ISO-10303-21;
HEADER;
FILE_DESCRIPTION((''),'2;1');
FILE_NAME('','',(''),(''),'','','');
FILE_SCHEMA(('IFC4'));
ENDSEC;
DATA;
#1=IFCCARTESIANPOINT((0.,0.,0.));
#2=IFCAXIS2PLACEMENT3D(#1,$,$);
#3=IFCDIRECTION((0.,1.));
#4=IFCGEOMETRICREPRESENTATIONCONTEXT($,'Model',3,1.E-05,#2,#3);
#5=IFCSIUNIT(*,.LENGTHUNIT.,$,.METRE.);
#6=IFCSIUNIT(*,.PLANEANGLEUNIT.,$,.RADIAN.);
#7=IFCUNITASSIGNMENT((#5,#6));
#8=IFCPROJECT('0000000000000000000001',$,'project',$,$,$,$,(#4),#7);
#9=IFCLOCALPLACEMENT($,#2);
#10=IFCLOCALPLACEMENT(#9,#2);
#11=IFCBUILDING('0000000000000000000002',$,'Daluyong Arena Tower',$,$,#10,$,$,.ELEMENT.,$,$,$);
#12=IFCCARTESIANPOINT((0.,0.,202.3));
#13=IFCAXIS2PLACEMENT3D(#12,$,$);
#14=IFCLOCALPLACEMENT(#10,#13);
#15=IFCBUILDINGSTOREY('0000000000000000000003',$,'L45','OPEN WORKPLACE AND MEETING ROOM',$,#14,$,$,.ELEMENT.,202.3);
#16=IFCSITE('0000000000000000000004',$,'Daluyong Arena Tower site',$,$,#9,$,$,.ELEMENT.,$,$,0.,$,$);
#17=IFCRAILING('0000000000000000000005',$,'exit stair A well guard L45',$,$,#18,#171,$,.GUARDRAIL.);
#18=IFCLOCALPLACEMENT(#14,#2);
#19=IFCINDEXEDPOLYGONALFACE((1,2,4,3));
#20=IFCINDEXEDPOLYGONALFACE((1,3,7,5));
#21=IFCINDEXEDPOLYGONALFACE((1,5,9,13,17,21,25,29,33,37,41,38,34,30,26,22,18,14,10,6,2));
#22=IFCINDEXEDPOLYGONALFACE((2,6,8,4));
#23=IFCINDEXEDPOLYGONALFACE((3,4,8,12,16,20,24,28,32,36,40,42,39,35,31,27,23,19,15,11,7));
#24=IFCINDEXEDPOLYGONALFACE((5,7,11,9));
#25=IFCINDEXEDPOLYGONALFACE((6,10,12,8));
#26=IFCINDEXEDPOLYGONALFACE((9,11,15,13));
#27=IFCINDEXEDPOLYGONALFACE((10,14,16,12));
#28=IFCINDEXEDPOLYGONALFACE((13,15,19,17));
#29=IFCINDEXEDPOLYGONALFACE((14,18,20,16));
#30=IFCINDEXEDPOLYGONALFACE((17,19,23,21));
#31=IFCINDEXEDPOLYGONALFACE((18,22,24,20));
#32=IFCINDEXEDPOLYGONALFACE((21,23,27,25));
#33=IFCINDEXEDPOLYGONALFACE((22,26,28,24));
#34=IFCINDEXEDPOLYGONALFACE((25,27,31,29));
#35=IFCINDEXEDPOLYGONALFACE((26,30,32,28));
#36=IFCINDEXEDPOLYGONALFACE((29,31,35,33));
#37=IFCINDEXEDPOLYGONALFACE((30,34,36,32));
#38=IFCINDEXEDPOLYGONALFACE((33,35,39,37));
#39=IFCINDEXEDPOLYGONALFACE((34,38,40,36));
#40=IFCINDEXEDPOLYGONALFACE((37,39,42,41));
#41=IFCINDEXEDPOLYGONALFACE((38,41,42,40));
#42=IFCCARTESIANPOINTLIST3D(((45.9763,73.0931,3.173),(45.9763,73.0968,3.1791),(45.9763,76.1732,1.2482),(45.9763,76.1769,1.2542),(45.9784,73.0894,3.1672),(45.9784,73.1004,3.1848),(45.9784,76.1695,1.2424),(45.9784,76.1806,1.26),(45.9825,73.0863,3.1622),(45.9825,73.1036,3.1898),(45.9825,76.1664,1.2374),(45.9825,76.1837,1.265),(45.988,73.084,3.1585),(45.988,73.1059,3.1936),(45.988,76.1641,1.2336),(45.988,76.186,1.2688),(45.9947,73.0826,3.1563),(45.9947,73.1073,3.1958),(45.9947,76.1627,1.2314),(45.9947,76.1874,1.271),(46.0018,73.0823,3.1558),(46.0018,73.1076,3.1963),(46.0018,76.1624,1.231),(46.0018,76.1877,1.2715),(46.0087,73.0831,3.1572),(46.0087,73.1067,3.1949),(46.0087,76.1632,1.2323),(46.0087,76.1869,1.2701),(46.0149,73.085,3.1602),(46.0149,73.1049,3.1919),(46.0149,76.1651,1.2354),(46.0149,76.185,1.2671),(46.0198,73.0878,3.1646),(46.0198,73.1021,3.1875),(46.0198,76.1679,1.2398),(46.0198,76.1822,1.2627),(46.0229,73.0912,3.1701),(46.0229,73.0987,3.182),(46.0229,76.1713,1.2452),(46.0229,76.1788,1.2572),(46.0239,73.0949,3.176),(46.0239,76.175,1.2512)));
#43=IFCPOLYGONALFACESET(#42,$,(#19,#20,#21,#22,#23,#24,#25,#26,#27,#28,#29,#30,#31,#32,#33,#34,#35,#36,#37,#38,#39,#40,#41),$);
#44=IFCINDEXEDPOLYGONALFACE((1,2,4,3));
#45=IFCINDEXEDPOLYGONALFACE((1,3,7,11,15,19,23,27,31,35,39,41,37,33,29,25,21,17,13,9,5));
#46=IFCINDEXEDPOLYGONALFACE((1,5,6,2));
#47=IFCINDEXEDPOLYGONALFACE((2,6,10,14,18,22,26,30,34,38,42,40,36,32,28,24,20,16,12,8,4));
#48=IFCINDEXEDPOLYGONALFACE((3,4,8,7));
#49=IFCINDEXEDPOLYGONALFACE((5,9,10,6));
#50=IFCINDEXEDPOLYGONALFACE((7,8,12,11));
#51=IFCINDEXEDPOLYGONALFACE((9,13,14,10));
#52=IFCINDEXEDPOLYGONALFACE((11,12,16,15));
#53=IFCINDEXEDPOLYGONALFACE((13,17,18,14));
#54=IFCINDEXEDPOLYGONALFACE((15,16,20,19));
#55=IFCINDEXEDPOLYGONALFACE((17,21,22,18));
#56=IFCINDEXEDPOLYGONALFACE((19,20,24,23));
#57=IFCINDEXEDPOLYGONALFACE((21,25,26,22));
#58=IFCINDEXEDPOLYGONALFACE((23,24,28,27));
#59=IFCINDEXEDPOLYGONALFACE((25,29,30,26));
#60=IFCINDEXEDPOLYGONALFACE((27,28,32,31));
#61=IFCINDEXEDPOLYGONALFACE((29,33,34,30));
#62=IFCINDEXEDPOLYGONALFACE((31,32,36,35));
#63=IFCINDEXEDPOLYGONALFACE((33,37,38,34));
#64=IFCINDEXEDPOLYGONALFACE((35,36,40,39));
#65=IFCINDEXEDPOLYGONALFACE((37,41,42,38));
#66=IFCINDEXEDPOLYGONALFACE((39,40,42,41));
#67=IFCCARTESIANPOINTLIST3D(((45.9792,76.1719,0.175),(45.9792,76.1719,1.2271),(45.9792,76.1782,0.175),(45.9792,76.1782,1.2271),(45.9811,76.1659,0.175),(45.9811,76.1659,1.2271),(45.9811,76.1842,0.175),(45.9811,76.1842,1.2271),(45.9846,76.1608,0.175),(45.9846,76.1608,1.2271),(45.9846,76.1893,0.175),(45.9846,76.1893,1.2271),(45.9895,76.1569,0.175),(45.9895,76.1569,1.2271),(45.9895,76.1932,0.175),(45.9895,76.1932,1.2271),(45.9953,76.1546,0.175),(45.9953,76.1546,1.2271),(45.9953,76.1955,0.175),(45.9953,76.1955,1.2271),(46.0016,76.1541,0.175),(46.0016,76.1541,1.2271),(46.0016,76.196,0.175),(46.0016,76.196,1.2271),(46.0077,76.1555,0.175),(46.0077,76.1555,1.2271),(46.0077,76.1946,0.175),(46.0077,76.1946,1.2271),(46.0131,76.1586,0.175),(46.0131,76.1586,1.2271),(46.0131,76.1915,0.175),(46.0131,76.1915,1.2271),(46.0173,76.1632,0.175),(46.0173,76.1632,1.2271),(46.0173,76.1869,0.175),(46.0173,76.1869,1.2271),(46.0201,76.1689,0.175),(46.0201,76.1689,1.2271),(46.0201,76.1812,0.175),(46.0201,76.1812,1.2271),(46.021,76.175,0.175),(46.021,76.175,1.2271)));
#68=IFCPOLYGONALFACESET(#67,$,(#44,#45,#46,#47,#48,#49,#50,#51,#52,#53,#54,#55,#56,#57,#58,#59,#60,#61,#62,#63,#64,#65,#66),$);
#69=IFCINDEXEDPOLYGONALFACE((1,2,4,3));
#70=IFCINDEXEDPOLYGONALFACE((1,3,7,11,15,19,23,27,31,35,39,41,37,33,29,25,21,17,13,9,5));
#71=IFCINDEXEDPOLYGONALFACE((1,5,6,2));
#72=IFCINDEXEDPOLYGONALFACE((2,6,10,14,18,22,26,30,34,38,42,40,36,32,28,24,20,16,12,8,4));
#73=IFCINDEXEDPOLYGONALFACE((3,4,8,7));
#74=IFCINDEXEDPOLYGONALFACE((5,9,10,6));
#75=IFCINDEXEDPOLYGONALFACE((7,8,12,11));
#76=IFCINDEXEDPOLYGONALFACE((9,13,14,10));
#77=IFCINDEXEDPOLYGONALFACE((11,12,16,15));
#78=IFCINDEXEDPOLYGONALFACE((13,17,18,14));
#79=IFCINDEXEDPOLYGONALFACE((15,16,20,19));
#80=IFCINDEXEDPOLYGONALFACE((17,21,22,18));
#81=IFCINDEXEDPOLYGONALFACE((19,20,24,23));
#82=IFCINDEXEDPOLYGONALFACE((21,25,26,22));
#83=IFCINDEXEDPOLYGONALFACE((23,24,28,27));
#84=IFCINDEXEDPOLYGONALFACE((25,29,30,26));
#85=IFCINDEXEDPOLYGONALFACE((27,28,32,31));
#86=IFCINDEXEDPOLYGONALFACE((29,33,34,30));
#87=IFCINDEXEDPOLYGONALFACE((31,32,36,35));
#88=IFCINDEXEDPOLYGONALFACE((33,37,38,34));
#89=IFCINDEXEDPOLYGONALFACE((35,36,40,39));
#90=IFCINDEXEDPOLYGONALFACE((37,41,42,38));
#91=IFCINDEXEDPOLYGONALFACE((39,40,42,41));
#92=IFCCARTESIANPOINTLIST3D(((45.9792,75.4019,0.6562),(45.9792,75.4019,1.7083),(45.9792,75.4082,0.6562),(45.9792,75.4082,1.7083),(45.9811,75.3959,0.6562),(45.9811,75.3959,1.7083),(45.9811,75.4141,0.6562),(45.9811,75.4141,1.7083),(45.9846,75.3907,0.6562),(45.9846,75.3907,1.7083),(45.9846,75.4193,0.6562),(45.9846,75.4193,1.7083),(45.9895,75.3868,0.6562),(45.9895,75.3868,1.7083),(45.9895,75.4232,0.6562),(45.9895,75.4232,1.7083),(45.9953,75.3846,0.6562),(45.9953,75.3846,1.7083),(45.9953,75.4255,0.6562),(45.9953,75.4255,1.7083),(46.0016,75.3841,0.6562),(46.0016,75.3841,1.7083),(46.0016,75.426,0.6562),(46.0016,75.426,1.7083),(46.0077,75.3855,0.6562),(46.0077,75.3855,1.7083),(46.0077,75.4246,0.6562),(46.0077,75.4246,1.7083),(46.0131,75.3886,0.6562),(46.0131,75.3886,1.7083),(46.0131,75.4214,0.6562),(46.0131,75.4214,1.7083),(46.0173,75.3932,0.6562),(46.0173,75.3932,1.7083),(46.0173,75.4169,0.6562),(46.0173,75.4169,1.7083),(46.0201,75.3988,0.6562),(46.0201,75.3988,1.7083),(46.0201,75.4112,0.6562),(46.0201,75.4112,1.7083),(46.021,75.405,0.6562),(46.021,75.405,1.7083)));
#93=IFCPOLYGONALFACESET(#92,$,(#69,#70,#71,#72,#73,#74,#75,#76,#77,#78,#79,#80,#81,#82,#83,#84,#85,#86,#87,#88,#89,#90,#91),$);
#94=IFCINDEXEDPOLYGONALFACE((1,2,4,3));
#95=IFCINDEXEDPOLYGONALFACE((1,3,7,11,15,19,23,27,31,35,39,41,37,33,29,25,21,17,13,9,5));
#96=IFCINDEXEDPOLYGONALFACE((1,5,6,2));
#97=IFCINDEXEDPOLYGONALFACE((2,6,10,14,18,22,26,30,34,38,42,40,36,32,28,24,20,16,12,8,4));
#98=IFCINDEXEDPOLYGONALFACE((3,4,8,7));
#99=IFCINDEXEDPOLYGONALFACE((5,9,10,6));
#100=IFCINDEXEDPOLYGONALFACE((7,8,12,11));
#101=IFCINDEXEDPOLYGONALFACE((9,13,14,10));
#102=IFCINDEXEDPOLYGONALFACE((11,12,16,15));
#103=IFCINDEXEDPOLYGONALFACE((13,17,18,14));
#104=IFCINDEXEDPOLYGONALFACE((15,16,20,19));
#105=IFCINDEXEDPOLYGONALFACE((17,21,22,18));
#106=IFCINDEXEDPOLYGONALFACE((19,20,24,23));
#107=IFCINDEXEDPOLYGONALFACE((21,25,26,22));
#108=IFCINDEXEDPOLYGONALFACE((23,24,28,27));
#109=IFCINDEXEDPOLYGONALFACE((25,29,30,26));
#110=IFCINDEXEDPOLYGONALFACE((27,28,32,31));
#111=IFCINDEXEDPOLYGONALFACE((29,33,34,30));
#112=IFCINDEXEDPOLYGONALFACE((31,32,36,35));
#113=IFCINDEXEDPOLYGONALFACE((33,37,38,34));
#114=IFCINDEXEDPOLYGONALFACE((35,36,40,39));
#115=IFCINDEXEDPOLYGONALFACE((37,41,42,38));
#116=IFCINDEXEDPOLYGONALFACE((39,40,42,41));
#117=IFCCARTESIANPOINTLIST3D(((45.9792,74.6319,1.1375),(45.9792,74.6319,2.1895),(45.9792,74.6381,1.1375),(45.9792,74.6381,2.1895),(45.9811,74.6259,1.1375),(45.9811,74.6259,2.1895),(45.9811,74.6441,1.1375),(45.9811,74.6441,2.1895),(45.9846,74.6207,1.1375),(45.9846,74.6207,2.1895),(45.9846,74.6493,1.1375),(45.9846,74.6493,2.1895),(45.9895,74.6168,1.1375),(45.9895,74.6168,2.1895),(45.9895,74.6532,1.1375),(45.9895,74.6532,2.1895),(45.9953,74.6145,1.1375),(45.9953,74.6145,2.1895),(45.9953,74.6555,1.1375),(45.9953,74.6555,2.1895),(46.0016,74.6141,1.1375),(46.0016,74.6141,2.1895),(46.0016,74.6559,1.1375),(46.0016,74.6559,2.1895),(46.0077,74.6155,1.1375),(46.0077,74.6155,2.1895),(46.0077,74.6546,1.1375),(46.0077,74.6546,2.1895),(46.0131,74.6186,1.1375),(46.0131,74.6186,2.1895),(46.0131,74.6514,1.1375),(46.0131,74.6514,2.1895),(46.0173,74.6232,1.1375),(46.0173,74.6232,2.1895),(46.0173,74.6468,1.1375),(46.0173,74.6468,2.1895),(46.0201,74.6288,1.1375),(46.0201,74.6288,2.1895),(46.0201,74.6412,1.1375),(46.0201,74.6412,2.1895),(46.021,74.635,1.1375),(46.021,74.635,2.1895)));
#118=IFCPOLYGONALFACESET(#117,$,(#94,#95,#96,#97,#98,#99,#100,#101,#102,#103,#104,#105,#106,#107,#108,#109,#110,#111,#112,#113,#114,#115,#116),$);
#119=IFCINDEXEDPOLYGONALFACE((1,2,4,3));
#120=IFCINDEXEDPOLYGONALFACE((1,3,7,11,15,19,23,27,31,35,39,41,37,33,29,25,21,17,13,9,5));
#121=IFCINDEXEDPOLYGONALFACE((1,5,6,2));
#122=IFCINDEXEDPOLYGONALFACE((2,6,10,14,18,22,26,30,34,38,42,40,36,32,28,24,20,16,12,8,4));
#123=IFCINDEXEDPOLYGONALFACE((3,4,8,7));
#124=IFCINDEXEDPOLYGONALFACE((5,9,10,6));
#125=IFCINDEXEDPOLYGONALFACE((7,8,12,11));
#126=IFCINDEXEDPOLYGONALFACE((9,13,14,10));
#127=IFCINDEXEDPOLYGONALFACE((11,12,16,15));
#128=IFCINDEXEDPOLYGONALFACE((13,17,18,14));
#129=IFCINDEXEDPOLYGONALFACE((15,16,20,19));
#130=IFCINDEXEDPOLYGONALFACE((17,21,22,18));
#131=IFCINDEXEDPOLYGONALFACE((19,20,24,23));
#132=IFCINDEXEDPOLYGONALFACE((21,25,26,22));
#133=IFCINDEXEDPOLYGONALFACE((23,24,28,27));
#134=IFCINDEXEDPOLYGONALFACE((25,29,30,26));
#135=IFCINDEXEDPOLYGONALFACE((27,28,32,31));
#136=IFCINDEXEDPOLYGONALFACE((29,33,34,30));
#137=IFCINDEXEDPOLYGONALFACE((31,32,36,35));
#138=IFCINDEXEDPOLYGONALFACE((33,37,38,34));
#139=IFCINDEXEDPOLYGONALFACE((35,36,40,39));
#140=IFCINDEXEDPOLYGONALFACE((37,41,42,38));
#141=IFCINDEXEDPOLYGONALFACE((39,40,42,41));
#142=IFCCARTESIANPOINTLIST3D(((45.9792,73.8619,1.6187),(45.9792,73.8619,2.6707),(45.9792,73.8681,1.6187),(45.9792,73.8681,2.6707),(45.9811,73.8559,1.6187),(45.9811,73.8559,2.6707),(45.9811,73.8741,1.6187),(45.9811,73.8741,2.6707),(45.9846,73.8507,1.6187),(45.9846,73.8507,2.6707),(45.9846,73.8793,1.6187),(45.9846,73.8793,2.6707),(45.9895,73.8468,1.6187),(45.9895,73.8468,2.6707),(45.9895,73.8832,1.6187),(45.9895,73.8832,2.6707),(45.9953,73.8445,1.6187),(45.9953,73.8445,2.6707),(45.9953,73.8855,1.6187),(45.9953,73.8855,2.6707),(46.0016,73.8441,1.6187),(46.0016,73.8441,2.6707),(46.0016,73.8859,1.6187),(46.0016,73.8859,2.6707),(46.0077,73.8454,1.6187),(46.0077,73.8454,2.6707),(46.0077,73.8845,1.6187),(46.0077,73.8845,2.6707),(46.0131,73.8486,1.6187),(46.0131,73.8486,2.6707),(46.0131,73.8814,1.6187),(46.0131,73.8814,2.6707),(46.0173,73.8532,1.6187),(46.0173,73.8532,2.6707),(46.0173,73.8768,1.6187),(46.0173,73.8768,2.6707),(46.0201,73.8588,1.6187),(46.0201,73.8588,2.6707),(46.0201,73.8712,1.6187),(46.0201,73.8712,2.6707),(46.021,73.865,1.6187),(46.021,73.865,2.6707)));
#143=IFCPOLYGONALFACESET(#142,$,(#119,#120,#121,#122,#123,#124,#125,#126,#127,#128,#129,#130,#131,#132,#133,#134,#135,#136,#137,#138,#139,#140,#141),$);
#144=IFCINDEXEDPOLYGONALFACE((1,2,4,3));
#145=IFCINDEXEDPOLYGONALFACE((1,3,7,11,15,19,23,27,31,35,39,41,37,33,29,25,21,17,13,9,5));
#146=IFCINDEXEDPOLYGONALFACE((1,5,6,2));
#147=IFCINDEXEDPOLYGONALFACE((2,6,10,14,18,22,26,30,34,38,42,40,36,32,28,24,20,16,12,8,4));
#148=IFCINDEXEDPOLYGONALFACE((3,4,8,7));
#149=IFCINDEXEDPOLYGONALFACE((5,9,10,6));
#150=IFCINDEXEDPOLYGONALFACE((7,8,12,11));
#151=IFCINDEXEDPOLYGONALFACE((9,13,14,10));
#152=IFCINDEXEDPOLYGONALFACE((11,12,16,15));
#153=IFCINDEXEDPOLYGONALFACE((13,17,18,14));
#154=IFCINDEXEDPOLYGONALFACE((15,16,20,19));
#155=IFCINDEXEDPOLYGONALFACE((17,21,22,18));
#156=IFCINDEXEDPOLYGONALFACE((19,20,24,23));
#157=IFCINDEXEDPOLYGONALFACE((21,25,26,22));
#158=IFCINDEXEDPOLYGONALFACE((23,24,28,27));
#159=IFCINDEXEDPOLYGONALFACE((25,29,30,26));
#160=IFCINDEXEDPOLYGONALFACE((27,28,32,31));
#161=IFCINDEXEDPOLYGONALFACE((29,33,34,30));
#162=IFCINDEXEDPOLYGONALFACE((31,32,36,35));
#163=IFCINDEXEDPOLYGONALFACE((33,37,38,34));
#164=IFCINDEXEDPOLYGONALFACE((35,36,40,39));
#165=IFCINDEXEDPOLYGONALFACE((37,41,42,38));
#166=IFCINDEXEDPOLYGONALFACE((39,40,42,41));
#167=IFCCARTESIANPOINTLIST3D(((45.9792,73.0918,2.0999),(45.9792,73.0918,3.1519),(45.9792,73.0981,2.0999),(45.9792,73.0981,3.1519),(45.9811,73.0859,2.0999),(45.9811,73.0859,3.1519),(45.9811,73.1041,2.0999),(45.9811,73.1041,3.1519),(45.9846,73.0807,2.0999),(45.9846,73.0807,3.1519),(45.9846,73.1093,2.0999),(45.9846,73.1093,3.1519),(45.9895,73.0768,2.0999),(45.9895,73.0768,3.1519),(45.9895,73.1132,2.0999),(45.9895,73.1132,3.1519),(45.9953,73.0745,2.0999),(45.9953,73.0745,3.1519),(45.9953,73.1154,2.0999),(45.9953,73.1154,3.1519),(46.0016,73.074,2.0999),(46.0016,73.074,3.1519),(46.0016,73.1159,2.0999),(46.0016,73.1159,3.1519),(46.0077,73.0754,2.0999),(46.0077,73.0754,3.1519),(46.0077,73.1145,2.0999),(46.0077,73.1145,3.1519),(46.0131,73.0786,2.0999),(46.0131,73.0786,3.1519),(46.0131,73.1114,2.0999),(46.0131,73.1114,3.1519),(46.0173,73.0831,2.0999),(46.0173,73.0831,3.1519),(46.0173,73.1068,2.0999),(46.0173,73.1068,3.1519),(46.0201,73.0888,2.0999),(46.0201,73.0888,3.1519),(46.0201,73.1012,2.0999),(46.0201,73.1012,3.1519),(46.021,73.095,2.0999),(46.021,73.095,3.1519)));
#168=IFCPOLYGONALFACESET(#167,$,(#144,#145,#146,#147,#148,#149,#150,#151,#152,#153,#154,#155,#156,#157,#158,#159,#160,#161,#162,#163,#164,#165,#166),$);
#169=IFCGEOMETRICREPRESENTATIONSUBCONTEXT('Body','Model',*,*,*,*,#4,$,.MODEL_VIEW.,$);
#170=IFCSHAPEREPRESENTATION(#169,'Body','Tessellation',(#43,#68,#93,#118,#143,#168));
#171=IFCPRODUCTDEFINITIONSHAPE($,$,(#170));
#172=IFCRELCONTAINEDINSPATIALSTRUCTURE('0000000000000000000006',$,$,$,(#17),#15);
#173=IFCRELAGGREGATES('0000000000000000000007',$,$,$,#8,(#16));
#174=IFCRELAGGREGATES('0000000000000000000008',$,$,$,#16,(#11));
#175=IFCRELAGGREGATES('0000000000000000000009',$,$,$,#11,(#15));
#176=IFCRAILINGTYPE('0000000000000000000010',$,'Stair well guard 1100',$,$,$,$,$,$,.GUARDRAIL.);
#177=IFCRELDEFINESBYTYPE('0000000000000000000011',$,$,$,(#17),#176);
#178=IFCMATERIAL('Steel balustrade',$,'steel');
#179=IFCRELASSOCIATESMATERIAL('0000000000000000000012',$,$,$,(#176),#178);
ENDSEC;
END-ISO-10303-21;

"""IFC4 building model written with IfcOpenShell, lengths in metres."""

from ifc_helpers import new_model, si_unit, direction, frame, origin, origin_2d, place, context, subcontext, project, spatial, circle, extrude, material, type_object, element, save


model = new_model("IFC4")

# Units and contexts
model_context = context("Model", 3, precision=1e-05, world=origin(), true_north=direction((0.0, 1.0)))
body_context = subcontext(model_context, "Body", "Model", "MODEL_VIEW")
ifc_project = project(units=[si_unit("LENGTHUNIT", "METRE"), si_unit("PLANEANGLEUNIT", "RADIAN")], contexts=[model_context])

# Site, building, storey
site_placement = place(None, origin())
site = spatial("IfcSite", under=ifc_project, at=site_placement, Name="Daluyong Arena Tower site", CompositionType="ELEMENT", RefElevation=0.0)
building_placement = place(site_placement, origin())
building = spatial("IfcBuilding", under=site, at=building_placement, Name="Daluyong Arena Tower", CompositionType="ELEMENT")
storey_placement = place(building_placement, frame((0.0, 0.0, 202.3)))
storey = spatial("IfcBuildingStorey", under=building, at=storey_placement, Name="L45", Description="OPEN WORKPLACE AND MEETING ROOM", CompositionType="ELEMENT", Elevation=202.3)

# Railing
ifc_material_1 = material(Name="Steel balustrade", Category="steel")
railing_type_1 = type_object("IfcRailingType", Name="Stair well guard 1100", PredefinedType="GUARDRAIL", material=ifc_material_1)
railing_1_placement = place(storey_placement, frame((46.0, 76.175, 0.175)))
element("IfcRailing", 1, at=railing_1_placement, inside=storey, type_object=railing_type_1, Name="exit stair A well guard L45", PredefinedType="GUARDRAIL", context=body_context, shape_type="SweptSolid", body=[
    extrude(circle(Radius=0.0239, at=origin_2d()), frame((0.0, 0.0, 1.0762), z_axis=(0.0, -0.848029, 0.529951), x_axis=(1.0, 0.0, 0.0)), (0.0, 0.0, 1.0), 3.6321),
    extrude(circle(Radius=0.021, at=origin_2d()), origin(), (0.0, 0.0, 1.0), 1.052),
    extrude(circle(Radius=0.021, at=origin_2d()), frame((0.0, -0.77, 0.4812)), (0.0, 0.0, 1.0), 1.052),
    extrude(circle(Radius=0.021, at=origin_2d()), frame((0.0, -1.54, 0.9624)), (0.0, 0.0, 1.0), 1.052),
    extrude(circle(Radius=0.021, at=origin_2d()), frame((0.0, -2.3101, 1.4436)), (0.0, 0.0, 1.0), 1.052),
    extrude(circle(Radius=0.021, at=origin_2d()), frame((0.0, -3.0801, 1.9248)), (0.0, 0.0, 1.0), 1.052),
])

save(model, "model.ifc")
